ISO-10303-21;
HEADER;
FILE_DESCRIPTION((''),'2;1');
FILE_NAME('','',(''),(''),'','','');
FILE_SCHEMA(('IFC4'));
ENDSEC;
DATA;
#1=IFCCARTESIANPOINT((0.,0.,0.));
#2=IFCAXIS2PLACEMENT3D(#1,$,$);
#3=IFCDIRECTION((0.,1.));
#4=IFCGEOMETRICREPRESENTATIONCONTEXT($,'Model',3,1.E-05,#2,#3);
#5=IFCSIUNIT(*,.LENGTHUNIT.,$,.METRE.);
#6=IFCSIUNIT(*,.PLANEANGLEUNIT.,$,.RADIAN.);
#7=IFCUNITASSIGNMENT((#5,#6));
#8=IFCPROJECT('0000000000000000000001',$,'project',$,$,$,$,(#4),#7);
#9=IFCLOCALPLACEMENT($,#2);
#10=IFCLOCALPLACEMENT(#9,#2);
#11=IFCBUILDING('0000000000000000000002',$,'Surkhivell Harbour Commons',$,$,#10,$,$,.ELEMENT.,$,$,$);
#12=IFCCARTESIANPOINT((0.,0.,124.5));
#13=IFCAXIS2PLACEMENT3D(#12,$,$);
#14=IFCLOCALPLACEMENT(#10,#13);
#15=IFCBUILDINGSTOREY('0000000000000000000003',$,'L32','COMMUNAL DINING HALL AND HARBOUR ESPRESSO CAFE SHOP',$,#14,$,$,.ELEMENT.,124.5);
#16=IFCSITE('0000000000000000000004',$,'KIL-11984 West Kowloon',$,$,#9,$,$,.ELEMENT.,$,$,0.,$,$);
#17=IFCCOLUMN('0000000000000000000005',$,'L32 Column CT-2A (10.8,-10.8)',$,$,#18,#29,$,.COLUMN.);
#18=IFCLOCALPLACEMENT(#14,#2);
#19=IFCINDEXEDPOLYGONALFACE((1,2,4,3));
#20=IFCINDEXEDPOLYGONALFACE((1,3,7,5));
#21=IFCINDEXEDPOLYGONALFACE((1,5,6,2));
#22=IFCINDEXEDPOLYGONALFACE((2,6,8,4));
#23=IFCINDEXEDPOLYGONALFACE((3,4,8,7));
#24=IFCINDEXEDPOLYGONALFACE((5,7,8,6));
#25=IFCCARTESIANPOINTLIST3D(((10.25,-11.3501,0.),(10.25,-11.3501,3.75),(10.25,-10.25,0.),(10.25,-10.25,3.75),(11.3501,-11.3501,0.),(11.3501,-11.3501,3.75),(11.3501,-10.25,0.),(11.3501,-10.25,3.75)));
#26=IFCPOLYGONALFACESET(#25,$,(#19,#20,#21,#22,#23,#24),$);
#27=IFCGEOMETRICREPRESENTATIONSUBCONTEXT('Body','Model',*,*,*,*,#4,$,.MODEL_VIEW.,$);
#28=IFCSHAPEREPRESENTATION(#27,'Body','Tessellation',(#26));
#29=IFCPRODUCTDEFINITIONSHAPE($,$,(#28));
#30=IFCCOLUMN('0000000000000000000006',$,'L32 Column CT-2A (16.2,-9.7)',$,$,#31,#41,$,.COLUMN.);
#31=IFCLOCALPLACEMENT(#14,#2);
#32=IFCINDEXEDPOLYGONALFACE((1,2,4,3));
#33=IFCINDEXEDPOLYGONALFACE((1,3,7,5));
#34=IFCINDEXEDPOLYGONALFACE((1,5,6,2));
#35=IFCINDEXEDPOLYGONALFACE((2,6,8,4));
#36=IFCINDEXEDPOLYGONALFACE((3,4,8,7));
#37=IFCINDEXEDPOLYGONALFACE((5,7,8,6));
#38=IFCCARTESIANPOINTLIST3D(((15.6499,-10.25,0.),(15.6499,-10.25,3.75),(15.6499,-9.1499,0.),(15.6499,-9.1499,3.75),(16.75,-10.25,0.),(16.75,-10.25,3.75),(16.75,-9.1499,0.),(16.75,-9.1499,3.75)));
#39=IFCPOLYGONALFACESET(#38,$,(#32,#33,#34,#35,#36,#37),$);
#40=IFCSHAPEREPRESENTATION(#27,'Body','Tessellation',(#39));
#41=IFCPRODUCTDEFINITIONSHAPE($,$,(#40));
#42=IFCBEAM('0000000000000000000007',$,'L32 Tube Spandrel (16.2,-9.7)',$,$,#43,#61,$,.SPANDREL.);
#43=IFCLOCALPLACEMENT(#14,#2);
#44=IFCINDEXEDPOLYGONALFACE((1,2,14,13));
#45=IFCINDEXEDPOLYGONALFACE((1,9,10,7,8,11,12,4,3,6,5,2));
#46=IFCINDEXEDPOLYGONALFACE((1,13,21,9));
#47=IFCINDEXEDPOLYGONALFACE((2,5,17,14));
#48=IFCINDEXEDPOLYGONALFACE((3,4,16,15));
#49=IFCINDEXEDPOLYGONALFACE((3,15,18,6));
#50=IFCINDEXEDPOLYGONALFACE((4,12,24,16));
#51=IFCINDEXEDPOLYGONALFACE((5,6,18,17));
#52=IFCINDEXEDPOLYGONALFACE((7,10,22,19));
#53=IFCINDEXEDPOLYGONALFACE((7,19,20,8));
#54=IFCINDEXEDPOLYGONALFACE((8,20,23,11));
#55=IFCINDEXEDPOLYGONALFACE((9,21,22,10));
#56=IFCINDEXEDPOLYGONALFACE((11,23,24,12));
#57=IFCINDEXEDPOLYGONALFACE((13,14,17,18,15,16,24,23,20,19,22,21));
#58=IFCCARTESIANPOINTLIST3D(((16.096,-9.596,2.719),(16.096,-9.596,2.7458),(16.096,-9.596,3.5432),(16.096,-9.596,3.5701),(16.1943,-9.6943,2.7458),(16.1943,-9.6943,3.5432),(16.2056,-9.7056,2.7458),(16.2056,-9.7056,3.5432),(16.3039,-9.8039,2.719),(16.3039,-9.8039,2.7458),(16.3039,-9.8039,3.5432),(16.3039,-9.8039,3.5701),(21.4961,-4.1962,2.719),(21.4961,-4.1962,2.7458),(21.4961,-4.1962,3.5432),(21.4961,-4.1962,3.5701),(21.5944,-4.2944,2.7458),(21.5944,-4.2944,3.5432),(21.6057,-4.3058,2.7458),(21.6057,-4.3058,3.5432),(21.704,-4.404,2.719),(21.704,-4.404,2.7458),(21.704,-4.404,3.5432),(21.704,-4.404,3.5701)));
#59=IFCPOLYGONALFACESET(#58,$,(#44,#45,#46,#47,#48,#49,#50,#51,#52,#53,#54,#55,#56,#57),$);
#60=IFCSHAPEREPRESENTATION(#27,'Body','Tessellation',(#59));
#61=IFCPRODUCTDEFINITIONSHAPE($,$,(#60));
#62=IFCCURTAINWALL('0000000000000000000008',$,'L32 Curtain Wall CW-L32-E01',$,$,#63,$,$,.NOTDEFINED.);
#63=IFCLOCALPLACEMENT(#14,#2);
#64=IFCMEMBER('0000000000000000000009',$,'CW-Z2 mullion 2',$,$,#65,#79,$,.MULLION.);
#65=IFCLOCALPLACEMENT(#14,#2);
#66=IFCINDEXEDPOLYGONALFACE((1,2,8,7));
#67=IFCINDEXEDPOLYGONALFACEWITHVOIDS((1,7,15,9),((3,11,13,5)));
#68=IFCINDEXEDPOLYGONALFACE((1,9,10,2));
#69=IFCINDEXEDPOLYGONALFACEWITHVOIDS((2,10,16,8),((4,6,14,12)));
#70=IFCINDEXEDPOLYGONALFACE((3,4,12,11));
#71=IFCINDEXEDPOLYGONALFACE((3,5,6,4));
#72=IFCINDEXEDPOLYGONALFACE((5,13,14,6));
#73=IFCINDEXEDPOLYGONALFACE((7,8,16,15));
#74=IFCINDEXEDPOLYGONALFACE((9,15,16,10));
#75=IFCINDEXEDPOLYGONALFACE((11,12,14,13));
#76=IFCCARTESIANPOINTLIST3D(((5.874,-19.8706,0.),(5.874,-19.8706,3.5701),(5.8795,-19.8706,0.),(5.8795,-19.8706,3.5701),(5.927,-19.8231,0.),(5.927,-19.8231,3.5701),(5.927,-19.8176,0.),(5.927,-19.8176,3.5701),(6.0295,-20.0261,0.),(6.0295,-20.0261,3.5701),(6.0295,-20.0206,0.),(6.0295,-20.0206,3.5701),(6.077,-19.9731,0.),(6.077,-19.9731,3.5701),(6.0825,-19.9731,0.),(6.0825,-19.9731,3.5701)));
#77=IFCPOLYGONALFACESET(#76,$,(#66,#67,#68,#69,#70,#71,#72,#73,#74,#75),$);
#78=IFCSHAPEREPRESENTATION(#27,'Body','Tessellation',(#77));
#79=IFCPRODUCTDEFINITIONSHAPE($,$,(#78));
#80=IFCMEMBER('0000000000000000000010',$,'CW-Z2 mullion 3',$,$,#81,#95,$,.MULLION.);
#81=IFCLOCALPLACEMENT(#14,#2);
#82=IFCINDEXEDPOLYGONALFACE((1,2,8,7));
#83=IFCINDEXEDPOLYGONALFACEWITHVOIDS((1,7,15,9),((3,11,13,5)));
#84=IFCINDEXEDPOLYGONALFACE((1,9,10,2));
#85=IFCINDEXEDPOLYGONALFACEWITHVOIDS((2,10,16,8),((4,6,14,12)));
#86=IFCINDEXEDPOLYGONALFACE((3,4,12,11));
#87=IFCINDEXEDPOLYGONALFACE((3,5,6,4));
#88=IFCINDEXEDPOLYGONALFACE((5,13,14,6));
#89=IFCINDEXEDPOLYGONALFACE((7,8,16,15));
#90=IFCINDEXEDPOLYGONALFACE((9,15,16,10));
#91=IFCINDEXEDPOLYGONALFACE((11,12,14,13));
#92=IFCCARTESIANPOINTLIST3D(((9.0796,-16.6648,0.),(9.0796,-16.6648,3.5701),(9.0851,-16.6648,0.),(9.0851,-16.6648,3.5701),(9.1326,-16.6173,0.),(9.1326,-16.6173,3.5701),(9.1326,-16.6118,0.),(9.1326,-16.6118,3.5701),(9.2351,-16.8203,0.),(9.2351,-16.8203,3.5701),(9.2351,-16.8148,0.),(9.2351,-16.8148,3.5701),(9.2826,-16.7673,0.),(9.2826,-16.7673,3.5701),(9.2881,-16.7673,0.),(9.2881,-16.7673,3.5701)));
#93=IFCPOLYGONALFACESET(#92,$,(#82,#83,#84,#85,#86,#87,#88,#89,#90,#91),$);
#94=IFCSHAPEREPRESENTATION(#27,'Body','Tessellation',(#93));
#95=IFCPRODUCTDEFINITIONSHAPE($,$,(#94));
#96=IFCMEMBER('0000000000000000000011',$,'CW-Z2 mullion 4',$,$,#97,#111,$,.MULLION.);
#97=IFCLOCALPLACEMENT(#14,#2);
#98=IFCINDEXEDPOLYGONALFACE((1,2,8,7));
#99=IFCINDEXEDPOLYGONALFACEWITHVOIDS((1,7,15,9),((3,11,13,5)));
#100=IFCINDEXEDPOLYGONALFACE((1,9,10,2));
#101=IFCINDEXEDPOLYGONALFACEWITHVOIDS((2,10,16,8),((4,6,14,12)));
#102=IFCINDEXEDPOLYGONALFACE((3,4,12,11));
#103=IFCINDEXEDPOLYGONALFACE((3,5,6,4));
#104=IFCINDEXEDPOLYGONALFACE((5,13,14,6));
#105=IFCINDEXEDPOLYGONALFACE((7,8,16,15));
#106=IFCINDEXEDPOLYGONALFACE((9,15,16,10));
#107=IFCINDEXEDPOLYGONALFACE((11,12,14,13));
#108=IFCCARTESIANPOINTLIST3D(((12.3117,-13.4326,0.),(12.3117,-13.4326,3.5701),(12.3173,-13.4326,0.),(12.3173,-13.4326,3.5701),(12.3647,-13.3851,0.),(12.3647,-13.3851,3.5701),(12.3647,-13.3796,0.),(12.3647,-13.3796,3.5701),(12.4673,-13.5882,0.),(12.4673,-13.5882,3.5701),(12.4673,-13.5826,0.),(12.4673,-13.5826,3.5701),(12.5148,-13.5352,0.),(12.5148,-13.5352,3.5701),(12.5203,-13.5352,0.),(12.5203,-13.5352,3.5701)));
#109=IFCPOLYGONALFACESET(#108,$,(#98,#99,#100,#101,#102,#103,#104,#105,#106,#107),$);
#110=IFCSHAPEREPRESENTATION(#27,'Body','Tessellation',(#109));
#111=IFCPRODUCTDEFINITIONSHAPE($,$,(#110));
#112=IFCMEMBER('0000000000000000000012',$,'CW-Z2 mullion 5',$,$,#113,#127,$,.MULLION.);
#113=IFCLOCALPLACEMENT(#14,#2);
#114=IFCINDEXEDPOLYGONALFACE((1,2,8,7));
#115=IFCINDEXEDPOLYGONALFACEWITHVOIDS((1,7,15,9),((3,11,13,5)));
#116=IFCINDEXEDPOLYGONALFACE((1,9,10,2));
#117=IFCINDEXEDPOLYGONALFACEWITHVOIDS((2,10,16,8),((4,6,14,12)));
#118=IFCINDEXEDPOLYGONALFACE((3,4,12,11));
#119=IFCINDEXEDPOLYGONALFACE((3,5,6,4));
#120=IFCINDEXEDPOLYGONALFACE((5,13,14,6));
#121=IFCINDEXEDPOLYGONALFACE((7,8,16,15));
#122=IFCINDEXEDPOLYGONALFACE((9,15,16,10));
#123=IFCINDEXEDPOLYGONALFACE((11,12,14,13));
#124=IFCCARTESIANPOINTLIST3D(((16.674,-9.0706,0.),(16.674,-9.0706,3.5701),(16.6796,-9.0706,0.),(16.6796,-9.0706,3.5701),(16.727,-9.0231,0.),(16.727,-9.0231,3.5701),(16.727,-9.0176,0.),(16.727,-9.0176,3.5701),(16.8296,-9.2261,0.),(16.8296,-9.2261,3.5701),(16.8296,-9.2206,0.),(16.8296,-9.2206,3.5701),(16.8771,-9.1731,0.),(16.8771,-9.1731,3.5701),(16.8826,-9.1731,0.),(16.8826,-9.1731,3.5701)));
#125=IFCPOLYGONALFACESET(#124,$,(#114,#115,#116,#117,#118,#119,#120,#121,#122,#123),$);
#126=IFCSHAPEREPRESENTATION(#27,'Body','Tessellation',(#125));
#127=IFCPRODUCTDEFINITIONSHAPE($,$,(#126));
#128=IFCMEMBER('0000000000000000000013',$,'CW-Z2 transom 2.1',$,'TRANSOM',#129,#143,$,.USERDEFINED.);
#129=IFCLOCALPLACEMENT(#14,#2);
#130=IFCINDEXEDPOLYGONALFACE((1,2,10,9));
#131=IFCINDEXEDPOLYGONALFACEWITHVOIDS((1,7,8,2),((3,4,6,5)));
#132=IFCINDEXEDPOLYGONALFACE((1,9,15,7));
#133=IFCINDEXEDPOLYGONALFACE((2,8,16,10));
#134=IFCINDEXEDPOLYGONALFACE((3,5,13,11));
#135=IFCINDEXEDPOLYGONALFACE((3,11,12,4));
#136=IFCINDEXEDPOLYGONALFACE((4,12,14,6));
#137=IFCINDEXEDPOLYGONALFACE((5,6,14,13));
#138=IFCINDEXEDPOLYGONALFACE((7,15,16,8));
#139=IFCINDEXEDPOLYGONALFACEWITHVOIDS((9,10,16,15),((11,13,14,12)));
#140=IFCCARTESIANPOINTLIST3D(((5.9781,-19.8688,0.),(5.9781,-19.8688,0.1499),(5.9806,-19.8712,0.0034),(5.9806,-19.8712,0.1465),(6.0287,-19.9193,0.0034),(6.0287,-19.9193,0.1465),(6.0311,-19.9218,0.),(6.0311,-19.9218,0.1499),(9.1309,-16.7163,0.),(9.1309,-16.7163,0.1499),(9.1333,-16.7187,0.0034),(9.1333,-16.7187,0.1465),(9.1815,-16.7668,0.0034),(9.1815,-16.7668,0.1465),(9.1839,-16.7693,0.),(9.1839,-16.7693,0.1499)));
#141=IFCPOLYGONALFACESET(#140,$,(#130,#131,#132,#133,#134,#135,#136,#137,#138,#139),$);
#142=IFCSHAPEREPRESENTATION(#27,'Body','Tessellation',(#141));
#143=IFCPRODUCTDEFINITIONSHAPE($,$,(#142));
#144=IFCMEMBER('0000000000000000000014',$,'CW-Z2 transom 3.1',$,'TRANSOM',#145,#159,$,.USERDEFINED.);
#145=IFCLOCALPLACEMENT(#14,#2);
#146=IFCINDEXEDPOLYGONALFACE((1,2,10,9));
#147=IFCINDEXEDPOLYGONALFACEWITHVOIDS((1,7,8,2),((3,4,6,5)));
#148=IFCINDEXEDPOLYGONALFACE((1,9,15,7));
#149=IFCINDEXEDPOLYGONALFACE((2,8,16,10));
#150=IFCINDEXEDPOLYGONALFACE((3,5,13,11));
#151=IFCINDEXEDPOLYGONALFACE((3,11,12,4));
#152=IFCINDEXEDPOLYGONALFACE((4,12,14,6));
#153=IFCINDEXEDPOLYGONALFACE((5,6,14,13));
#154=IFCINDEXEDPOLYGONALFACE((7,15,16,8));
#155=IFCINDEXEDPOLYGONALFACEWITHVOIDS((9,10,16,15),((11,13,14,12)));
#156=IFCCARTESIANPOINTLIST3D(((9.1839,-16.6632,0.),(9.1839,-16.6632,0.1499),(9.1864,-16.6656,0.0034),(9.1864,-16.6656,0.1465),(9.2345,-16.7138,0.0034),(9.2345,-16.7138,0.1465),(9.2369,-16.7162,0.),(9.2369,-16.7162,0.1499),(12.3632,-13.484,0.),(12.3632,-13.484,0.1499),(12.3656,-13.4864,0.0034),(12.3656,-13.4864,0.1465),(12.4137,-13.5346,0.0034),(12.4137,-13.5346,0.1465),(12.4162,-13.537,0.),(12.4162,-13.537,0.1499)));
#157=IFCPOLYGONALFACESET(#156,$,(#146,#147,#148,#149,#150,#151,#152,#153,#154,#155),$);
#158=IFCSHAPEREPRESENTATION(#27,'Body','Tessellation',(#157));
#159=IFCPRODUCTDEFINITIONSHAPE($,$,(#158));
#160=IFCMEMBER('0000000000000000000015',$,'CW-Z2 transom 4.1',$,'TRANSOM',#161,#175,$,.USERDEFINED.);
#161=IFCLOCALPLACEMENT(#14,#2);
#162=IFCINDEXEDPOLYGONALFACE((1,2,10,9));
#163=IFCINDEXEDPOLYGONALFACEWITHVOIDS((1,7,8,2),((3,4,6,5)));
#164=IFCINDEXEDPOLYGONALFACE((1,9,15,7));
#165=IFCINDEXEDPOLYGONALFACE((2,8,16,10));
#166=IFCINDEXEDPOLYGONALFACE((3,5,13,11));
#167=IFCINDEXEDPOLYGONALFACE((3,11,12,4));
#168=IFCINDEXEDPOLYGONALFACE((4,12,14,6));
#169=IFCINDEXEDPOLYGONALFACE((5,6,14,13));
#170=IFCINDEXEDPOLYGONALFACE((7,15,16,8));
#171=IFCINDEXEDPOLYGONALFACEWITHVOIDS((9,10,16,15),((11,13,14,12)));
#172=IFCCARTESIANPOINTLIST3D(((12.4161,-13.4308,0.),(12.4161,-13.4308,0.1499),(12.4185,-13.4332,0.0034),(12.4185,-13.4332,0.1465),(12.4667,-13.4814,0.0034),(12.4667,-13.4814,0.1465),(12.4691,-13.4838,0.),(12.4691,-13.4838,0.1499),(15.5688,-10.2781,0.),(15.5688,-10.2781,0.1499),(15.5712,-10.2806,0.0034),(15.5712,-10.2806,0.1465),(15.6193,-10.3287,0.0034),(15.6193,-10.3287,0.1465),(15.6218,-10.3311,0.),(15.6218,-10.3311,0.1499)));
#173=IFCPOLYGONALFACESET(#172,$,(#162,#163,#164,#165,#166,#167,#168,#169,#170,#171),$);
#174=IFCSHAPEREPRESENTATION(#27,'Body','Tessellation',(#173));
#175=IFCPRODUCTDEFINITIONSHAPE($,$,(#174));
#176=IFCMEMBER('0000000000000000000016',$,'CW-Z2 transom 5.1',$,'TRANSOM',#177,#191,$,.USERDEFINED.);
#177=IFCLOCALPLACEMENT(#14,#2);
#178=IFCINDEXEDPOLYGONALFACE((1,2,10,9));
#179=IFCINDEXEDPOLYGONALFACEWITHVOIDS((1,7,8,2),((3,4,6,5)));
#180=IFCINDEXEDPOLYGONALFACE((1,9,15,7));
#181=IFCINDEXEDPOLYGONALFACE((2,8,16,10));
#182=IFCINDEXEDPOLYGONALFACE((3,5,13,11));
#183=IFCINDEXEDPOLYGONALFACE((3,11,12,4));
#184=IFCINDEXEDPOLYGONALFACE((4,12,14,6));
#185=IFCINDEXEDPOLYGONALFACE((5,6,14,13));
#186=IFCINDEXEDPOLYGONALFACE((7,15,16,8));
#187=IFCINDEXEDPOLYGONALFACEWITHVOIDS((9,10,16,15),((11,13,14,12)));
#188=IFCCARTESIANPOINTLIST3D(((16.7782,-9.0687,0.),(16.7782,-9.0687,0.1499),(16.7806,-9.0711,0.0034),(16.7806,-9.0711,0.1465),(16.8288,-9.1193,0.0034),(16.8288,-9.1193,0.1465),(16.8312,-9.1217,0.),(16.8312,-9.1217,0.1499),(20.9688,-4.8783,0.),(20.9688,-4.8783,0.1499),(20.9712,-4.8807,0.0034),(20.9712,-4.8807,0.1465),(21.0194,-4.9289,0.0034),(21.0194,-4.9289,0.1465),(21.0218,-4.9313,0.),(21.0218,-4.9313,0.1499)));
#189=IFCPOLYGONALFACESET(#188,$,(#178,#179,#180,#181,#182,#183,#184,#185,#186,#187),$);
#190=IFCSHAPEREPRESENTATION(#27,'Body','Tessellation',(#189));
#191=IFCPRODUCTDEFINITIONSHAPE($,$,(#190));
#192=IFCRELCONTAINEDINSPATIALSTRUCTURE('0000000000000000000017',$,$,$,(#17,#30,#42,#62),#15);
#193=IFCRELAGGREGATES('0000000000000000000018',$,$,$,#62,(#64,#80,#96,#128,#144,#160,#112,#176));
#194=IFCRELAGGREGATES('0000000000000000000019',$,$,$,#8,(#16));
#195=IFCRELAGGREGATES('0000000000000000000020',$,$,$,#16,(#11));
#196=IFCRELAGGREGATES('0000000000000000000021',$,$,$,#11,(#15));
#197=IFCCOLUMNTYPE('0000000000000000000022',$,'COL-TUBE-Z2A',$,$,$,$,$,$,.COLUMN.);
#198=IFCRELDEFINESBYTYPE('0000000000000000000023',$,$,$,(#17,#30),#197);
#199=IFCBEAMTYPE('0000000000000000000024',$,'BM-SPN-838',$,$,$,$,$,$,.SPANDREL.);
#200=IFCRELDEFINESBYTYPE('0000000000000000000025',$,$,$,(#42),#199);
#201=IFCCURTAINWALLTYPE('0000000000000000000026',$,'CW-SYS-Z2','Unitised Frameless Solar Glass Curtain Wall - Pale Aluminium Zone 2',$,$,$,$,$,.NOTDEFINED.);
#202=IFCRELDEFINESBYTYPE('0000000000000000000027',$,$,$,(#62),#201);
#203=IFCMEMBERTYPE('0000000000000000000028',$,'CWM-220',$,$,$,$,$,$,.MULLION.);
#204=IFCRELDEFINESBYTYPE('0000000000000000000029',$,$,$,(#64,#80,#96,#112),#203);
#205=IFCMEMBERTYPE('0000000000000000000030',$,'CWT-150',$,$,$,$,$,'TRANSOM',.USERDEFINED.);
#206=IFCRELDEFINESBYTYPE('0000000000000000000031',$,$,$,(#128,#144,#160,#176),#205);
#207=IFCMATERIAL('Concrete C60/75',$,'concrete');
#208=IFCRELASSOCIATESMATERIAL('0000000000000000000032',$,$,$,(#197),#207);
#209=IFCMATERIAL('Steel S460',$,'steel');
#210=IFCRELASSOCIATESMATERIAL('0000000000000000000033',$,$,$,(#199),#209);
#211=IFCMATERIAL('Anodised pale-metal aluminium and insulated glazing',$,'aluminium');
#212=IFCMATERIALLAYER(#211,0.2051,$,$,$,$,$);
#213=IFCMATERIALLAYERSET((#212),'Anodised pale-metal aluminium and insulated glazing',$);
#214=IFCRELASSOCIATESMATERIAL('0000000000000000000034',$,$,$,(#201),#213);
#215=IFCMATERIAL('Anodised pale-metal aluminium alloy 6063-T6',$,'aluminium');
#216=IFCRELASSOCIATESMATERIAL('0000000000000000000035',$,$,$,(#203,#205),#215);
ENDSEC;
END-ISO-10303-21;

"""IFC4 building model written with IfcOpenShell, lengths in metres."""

from ifc_helpers import new_model, si_unit, direction, frame, origin, origin_2d, place, context, subcontext, project, spatial, rectangle, hollow_rectangle, i_section, extrude, material, layer, layer_set, material_profile, profile_set, type_object, element, aggregate, save


model = new_model("IFC4")

# Units and contexts
model_context = context("Model", 3, precision=1e-05, world=origin(), true_north=direction((0.0, 1.0)))
body_context = subcontext(model_context, "Body", "Model", "MODEL_VIEW")
ifc_project = project(units=[si_unit("LENGTHUNIT", "METRE"), si_unit("PLANEANGLEUNIT", "RADIAN")], contexts=[model_context])

# Site, building, storey
site_placement = place(None, origin())
site = spatial("IfcSite", under=ifc_project, at=site_placement, Name="KIL-11984 West Kowloon", CompositionType="ELEMENT", RefElevation=0.0)
building_placement = place(site_placement, origin())
building = spatial("IfcBuilding", under=site, at=building_placement, Name="Surkhivell Harbour Commons", CompositionType="ELEMENT")
storey_placement = place(building_placement, frame((0.0, 0.0, 124.5)))
storey = spatial("IfcBuildingStorey", under=building, at=storey_placement, Name="L32", Description="COMMUNAL DINING HALL AND HARBOUR ESPRESSO CAFE SHOP", CompositionType="ELEMENT", Elevation=124.5)

# Columns
ifc_material_1 = material(Name="Concrete C60/75", Category="concrete")
ifc_material_profile_1 = material_profile(ifc_material_1, rectangle(XDim=1.1001, YDim=1.1001, at=origin_2d()), Name="RC-COL-1100x1100")
ifc_profile_set_1 = profile_set([ifc_material_profile_1], Name="Concrete C60/75")
column_type = type_object("IfcColumnType", Name="COL-TUBE-Z2A", PredefinedType="COLUMN", material=ifc_profile_set_1)
for number, where, z_axis, x_axis, name in (
    (1, (10.8, -10.8, 0.0), (0.0, 0.0, 1.0), (1.0, 0.0, 0.0), "L32 Column CT-2A (10.8,-10.8)"),
    (2, (16.2, -9.7, 0.0), (0.0, 0.0, 1.0), (1.0, 0.0, 0.0), "L32 Column CT-2A (16.2,-9.7)"),
):
    element("IfcColumn", number, at=place(storey_placement, frame(where, z_axis=z_axis, x_axis=x_axis)), inside=storey, type_object=column_type, Name=name, PredefinedType="COLUMN", context=body_context, shape_type="SweptSolid", body=[
        extrude(rectangle(XDim=1.1001, YDim=1.1001, at=origin_2d()), origin(), (0.0, 0.0, 1.0), 3.75),
    ])

# Beam
ifc_material_2 = material(Name="Steel S460", Category="steel")
ifc_material_profile_2 = material_profile(ifc_material_2, i_section(OverallWidth=0.2939, OverallDepth=0.8511, WebThickness=0.0161, FlangeThickness=0.0269, at=origin_2d()), Name="UB838x292x226")
ifc_profile_set_2 = profile_set([ifc_material_profile_2], Name="Steel S460")
beam_type = type_object("IfcBeamType", Name="BM-SPN-838", PredefinedType="SPANDREL", material=ifc_profile_set_2)
beam_placement = place(storey_placement, frame((16.2, -9.7, 3.1445), z_axis=(0.707123, 0.707091, 0.0), x_axis=(-0.707091, 0.707123, 0.0)))
element("IfcBeam", 3, at=beam_placement, inside=storey, type_object=beam_type, Name="L32 Tube Spandrel (16.2,-9.7)", PredefinedType="SPANDREL", context=body_context, shape_type="SweptSolid", body=[
    extrude(i_section(OverallWidth=0.2939, OverallDepth=0.8511, WebThickness=0.0161, FlangeThickness=0.0269, at=origin_2d()), origin(), (0.0, 0.0, 1.0), 7.6367),
])

# Curtain wall, members
ifc_material_3 = material(Name="Anodised pale-metal aluminium and insulated glazing", Category="aluminium")
ifc_layer_1 = layer(ifc_material_3, 0.2051)
ifc_layer_set_1 = layer_set([ifc_layer_1], Name="Anodised pale-metal aluminium and insulated glazing")
curtain_wall_type = type_object("IfcCurtainWallType", Name="CW-SYS-Z2", Description="Unitised Frameless Solar Glass Curtain Wall - Pale Aluminium Zone 2", PredefinedType="NOTDEFINED", material=ifc_layer_set_1)
curtain_wall_placement = place(storey_placement, origin())
curtain_wall = element("IfcCurtainWall", 4, at=curtain_wall_placement, inside=storey, type_object=curtain_wall_type, Name="L32 Curtain Wall CW-L32-E01", PredefinedType="NOTDEFINED")
ifc_material_4 = material(Name="Anodised pale-metal aluminium alloy 6063-T6", Category="aluminium")
ifc_material_profile_3 = material_profile(ifc_material_4, hollow_rectangle(XDim=0.075, YDim=0.22, WallThickness=0.0039, at=origin_2d()), Name="ALU-MULL-75x220")
ifc_profile_set_3 = profile_set([ifc_material_profile_3], Name="Anodised pale-metal aluminium alloy 6063-T6")
member_type_1 = type_object("IfcMemberType", Name="CWM-220", PredefinedType="MULLION", material=ifc_profile_set_3)
member_1_placement = place(storey_placement, frame((5.9783, -19.9219, 0.0), z_axis=(0.0, 0.0, 1.0), x_axis=(0.707107, 0.707107, 0.0)))
member_1 = element("IfcMember", 5, at=member_1_placement, type_object=member_type_1, Name="CW-Z2 mullion 2", PredefinedType="MULLION", context=body_context, shape_type="SweptSolid", body=[
    extrude(hollow_rectangle(XDim=0.075, YDim=0.22, WallThickness=0.0039, at=origin_2d()), origin(), (0.0, 0.0, 1.0), 3.5701),
])
member_2_placement = place(storey_placement, frame((9.1838, -16.7161, 0.0), z_axis=(0.0, 0.0, 1.0), x_axis=(0.707107, 0.707107, 0.0)))
member_2 = element("IfcMember", 6, at=member_2_placement, type_object=member_type_1, Name="CW-Z2 mullion 3", PredefinedType="MULLION", context=body_context, shape_type="SweptSolid", body=[
    extrude(hollow_rectangle(XDim=0.075, YDim=0.22, WallThickness=0.0039, at=origin_2d()), origin(), (0.0, 0.0, 1.0), 3.5701),
])
member_3_placement = place(storey_placement, frame((12.416, -13.4839, 0.0), z_axis=(0.0, 0.0, 1.0), x_axis=(0.707107, 0.707107, 0.0)))
member_3 = element("IfcMember", 7, at=member_3_placement, type_object=member_type_1, Name="CW-Z2 mullion 4", PredefinedType="MULLION", context=body_context, shape_type="SweptSolid", body=[
    extrude(hollow_rectangle(XDim=0.075, YDim=0.22, WallThickness=0.0039, at=origin_2d()), origin(), (0.0, 0.0, 1.0), 3.5701),
])
member_4_placement = place(storey_placement, frame((16.7783, -9.1218, 0.0), z_axis=(0.0, 0.0, 1.0), x_axis=(0.707107, 0.707107, 0.0)))
member_4 = element("IfcMember", 8, at=member_4_placement, type_object=member_type_1, Name="CW-Z2 mullion 5", PredefinedType="MULLION", context=body_context, shape_type="SweptSolid", body=[
    extrude(hollow_rectangle(XDim=0.075, YDim=0.22, WallThickness=0.0039, at=origin_2d()), origin(), (0.0, 0.0, 1.0), 3.5701),
])
ifc_material_profile_4 = material_profile(ifc_material_4, hollow_rectangle(XDim=0.075, YDim=0.1499, WallThickness=0.0034, at=origin_2d()), Name="ALU-TRAN-75x150")
ifc_profile_set_4 = profile_set([ifc_material_profile_4], Name="Anodised pale-metal aluminium alloy 6063-T6")
member_type_2 = type_object("IfcMemberType", Name="CWT-150", ElementType="TRANSOM", PredefinedType="USERDEFINED", material=ifc_profile_set_4)
member_5_placement = place(storey_placement, frame((6.0046, -19.8953, 0.075), z_axis=(0.707134, 0.707079, 0.0), x_axis=(-0.707079, 0.707134, 0.0)))
member_5 = element("IfcMember", 9, at=member_5_placement, type_object=member_type_2, Name="CW-Z2 transom 2.1", ObjectType="TRANSOM", PredefinedType="USERDEFINED", context=body_context, shape_type="SweptSolid", body=[
    extrude(hollow_rectangle(XDim=0.075, YDim=0.1499, WallThickness=0.0034, at=origin_2d()), origin(), (0.0, 0.0, 1.0), 4.4585),
])
member_6_placement = place(storey_placement, frame((9.2104, -16.6897, 0.075), z_axis=(0.707107, 0.707107, 0.0), x_axis=(-0.707107, 0.707107, 0.0)))
member_6 = element("IfcMember", 10, at=member_6_placement, type_object=member_type_2, Name="CW-Z2 transom 3.1", ObjectType="TRANSOM", PredefinedType="USERDEFINED", context=body_context, shape_type="SweptSolid", body=[
    extrude(hollow_rectangle(XDim=0.075, YDim=0.1499, WallThickness=0.0034, at=origin_2d()), origin(), (0.0, 0.0, 1.0), 4.4961),
])
member_7_placement = place(storey_placement, frame((12.4426, -13.4573, 0.075), z_axis=(0.707107, 0.707107, 0.0), x_axis=(-0.707107, 0.707107, 0.0)))
member_7 = element("IfcMember", 11, at=member_7_placement, type_object=member_type_2, Name="CW-Z2 transom 4.1", ObjectType="TRANSOM", PredefinedType="USERDEFINED", context=body_context, shape_type="SweptSolid", body=[
    extrude(hollow_rectangle(XDim=0.075, YDim=0.1499, WallThickness=0.0034, at=origin_2d()), origin(), (0.0, 0.0, 1.0), 4.4585),
])
member_8_placement = place(storey_placement, frame((16.8047, -9.0952, 0.075), z_axis=(0.707127, 0.707086, 0.0), x_axis=(-0.707086, 0.707127, 0.0)))
member_8 = element("IfcMember", 12, at=member_8_placement, type_object=member_type_2, Name="CW-Z2 transom 5.1", ObjectType="TRANSOM", PredefinedType="USERDEFINED", context=body_context, shape_type="SweptSolid", body=[
    extrude(hollow_rectangle(XDim=0.075, YDim=0.1499, WallThickness=0.0034, at=origin_2d()), origin(), (0.0, 0.0, 1.0), 5.9263),
])
aggregate(curtain_wall, [member_1, member_2, member_3, member_5, member_6, member_7, member_4, member_8])

save(model, "model.ifc")
